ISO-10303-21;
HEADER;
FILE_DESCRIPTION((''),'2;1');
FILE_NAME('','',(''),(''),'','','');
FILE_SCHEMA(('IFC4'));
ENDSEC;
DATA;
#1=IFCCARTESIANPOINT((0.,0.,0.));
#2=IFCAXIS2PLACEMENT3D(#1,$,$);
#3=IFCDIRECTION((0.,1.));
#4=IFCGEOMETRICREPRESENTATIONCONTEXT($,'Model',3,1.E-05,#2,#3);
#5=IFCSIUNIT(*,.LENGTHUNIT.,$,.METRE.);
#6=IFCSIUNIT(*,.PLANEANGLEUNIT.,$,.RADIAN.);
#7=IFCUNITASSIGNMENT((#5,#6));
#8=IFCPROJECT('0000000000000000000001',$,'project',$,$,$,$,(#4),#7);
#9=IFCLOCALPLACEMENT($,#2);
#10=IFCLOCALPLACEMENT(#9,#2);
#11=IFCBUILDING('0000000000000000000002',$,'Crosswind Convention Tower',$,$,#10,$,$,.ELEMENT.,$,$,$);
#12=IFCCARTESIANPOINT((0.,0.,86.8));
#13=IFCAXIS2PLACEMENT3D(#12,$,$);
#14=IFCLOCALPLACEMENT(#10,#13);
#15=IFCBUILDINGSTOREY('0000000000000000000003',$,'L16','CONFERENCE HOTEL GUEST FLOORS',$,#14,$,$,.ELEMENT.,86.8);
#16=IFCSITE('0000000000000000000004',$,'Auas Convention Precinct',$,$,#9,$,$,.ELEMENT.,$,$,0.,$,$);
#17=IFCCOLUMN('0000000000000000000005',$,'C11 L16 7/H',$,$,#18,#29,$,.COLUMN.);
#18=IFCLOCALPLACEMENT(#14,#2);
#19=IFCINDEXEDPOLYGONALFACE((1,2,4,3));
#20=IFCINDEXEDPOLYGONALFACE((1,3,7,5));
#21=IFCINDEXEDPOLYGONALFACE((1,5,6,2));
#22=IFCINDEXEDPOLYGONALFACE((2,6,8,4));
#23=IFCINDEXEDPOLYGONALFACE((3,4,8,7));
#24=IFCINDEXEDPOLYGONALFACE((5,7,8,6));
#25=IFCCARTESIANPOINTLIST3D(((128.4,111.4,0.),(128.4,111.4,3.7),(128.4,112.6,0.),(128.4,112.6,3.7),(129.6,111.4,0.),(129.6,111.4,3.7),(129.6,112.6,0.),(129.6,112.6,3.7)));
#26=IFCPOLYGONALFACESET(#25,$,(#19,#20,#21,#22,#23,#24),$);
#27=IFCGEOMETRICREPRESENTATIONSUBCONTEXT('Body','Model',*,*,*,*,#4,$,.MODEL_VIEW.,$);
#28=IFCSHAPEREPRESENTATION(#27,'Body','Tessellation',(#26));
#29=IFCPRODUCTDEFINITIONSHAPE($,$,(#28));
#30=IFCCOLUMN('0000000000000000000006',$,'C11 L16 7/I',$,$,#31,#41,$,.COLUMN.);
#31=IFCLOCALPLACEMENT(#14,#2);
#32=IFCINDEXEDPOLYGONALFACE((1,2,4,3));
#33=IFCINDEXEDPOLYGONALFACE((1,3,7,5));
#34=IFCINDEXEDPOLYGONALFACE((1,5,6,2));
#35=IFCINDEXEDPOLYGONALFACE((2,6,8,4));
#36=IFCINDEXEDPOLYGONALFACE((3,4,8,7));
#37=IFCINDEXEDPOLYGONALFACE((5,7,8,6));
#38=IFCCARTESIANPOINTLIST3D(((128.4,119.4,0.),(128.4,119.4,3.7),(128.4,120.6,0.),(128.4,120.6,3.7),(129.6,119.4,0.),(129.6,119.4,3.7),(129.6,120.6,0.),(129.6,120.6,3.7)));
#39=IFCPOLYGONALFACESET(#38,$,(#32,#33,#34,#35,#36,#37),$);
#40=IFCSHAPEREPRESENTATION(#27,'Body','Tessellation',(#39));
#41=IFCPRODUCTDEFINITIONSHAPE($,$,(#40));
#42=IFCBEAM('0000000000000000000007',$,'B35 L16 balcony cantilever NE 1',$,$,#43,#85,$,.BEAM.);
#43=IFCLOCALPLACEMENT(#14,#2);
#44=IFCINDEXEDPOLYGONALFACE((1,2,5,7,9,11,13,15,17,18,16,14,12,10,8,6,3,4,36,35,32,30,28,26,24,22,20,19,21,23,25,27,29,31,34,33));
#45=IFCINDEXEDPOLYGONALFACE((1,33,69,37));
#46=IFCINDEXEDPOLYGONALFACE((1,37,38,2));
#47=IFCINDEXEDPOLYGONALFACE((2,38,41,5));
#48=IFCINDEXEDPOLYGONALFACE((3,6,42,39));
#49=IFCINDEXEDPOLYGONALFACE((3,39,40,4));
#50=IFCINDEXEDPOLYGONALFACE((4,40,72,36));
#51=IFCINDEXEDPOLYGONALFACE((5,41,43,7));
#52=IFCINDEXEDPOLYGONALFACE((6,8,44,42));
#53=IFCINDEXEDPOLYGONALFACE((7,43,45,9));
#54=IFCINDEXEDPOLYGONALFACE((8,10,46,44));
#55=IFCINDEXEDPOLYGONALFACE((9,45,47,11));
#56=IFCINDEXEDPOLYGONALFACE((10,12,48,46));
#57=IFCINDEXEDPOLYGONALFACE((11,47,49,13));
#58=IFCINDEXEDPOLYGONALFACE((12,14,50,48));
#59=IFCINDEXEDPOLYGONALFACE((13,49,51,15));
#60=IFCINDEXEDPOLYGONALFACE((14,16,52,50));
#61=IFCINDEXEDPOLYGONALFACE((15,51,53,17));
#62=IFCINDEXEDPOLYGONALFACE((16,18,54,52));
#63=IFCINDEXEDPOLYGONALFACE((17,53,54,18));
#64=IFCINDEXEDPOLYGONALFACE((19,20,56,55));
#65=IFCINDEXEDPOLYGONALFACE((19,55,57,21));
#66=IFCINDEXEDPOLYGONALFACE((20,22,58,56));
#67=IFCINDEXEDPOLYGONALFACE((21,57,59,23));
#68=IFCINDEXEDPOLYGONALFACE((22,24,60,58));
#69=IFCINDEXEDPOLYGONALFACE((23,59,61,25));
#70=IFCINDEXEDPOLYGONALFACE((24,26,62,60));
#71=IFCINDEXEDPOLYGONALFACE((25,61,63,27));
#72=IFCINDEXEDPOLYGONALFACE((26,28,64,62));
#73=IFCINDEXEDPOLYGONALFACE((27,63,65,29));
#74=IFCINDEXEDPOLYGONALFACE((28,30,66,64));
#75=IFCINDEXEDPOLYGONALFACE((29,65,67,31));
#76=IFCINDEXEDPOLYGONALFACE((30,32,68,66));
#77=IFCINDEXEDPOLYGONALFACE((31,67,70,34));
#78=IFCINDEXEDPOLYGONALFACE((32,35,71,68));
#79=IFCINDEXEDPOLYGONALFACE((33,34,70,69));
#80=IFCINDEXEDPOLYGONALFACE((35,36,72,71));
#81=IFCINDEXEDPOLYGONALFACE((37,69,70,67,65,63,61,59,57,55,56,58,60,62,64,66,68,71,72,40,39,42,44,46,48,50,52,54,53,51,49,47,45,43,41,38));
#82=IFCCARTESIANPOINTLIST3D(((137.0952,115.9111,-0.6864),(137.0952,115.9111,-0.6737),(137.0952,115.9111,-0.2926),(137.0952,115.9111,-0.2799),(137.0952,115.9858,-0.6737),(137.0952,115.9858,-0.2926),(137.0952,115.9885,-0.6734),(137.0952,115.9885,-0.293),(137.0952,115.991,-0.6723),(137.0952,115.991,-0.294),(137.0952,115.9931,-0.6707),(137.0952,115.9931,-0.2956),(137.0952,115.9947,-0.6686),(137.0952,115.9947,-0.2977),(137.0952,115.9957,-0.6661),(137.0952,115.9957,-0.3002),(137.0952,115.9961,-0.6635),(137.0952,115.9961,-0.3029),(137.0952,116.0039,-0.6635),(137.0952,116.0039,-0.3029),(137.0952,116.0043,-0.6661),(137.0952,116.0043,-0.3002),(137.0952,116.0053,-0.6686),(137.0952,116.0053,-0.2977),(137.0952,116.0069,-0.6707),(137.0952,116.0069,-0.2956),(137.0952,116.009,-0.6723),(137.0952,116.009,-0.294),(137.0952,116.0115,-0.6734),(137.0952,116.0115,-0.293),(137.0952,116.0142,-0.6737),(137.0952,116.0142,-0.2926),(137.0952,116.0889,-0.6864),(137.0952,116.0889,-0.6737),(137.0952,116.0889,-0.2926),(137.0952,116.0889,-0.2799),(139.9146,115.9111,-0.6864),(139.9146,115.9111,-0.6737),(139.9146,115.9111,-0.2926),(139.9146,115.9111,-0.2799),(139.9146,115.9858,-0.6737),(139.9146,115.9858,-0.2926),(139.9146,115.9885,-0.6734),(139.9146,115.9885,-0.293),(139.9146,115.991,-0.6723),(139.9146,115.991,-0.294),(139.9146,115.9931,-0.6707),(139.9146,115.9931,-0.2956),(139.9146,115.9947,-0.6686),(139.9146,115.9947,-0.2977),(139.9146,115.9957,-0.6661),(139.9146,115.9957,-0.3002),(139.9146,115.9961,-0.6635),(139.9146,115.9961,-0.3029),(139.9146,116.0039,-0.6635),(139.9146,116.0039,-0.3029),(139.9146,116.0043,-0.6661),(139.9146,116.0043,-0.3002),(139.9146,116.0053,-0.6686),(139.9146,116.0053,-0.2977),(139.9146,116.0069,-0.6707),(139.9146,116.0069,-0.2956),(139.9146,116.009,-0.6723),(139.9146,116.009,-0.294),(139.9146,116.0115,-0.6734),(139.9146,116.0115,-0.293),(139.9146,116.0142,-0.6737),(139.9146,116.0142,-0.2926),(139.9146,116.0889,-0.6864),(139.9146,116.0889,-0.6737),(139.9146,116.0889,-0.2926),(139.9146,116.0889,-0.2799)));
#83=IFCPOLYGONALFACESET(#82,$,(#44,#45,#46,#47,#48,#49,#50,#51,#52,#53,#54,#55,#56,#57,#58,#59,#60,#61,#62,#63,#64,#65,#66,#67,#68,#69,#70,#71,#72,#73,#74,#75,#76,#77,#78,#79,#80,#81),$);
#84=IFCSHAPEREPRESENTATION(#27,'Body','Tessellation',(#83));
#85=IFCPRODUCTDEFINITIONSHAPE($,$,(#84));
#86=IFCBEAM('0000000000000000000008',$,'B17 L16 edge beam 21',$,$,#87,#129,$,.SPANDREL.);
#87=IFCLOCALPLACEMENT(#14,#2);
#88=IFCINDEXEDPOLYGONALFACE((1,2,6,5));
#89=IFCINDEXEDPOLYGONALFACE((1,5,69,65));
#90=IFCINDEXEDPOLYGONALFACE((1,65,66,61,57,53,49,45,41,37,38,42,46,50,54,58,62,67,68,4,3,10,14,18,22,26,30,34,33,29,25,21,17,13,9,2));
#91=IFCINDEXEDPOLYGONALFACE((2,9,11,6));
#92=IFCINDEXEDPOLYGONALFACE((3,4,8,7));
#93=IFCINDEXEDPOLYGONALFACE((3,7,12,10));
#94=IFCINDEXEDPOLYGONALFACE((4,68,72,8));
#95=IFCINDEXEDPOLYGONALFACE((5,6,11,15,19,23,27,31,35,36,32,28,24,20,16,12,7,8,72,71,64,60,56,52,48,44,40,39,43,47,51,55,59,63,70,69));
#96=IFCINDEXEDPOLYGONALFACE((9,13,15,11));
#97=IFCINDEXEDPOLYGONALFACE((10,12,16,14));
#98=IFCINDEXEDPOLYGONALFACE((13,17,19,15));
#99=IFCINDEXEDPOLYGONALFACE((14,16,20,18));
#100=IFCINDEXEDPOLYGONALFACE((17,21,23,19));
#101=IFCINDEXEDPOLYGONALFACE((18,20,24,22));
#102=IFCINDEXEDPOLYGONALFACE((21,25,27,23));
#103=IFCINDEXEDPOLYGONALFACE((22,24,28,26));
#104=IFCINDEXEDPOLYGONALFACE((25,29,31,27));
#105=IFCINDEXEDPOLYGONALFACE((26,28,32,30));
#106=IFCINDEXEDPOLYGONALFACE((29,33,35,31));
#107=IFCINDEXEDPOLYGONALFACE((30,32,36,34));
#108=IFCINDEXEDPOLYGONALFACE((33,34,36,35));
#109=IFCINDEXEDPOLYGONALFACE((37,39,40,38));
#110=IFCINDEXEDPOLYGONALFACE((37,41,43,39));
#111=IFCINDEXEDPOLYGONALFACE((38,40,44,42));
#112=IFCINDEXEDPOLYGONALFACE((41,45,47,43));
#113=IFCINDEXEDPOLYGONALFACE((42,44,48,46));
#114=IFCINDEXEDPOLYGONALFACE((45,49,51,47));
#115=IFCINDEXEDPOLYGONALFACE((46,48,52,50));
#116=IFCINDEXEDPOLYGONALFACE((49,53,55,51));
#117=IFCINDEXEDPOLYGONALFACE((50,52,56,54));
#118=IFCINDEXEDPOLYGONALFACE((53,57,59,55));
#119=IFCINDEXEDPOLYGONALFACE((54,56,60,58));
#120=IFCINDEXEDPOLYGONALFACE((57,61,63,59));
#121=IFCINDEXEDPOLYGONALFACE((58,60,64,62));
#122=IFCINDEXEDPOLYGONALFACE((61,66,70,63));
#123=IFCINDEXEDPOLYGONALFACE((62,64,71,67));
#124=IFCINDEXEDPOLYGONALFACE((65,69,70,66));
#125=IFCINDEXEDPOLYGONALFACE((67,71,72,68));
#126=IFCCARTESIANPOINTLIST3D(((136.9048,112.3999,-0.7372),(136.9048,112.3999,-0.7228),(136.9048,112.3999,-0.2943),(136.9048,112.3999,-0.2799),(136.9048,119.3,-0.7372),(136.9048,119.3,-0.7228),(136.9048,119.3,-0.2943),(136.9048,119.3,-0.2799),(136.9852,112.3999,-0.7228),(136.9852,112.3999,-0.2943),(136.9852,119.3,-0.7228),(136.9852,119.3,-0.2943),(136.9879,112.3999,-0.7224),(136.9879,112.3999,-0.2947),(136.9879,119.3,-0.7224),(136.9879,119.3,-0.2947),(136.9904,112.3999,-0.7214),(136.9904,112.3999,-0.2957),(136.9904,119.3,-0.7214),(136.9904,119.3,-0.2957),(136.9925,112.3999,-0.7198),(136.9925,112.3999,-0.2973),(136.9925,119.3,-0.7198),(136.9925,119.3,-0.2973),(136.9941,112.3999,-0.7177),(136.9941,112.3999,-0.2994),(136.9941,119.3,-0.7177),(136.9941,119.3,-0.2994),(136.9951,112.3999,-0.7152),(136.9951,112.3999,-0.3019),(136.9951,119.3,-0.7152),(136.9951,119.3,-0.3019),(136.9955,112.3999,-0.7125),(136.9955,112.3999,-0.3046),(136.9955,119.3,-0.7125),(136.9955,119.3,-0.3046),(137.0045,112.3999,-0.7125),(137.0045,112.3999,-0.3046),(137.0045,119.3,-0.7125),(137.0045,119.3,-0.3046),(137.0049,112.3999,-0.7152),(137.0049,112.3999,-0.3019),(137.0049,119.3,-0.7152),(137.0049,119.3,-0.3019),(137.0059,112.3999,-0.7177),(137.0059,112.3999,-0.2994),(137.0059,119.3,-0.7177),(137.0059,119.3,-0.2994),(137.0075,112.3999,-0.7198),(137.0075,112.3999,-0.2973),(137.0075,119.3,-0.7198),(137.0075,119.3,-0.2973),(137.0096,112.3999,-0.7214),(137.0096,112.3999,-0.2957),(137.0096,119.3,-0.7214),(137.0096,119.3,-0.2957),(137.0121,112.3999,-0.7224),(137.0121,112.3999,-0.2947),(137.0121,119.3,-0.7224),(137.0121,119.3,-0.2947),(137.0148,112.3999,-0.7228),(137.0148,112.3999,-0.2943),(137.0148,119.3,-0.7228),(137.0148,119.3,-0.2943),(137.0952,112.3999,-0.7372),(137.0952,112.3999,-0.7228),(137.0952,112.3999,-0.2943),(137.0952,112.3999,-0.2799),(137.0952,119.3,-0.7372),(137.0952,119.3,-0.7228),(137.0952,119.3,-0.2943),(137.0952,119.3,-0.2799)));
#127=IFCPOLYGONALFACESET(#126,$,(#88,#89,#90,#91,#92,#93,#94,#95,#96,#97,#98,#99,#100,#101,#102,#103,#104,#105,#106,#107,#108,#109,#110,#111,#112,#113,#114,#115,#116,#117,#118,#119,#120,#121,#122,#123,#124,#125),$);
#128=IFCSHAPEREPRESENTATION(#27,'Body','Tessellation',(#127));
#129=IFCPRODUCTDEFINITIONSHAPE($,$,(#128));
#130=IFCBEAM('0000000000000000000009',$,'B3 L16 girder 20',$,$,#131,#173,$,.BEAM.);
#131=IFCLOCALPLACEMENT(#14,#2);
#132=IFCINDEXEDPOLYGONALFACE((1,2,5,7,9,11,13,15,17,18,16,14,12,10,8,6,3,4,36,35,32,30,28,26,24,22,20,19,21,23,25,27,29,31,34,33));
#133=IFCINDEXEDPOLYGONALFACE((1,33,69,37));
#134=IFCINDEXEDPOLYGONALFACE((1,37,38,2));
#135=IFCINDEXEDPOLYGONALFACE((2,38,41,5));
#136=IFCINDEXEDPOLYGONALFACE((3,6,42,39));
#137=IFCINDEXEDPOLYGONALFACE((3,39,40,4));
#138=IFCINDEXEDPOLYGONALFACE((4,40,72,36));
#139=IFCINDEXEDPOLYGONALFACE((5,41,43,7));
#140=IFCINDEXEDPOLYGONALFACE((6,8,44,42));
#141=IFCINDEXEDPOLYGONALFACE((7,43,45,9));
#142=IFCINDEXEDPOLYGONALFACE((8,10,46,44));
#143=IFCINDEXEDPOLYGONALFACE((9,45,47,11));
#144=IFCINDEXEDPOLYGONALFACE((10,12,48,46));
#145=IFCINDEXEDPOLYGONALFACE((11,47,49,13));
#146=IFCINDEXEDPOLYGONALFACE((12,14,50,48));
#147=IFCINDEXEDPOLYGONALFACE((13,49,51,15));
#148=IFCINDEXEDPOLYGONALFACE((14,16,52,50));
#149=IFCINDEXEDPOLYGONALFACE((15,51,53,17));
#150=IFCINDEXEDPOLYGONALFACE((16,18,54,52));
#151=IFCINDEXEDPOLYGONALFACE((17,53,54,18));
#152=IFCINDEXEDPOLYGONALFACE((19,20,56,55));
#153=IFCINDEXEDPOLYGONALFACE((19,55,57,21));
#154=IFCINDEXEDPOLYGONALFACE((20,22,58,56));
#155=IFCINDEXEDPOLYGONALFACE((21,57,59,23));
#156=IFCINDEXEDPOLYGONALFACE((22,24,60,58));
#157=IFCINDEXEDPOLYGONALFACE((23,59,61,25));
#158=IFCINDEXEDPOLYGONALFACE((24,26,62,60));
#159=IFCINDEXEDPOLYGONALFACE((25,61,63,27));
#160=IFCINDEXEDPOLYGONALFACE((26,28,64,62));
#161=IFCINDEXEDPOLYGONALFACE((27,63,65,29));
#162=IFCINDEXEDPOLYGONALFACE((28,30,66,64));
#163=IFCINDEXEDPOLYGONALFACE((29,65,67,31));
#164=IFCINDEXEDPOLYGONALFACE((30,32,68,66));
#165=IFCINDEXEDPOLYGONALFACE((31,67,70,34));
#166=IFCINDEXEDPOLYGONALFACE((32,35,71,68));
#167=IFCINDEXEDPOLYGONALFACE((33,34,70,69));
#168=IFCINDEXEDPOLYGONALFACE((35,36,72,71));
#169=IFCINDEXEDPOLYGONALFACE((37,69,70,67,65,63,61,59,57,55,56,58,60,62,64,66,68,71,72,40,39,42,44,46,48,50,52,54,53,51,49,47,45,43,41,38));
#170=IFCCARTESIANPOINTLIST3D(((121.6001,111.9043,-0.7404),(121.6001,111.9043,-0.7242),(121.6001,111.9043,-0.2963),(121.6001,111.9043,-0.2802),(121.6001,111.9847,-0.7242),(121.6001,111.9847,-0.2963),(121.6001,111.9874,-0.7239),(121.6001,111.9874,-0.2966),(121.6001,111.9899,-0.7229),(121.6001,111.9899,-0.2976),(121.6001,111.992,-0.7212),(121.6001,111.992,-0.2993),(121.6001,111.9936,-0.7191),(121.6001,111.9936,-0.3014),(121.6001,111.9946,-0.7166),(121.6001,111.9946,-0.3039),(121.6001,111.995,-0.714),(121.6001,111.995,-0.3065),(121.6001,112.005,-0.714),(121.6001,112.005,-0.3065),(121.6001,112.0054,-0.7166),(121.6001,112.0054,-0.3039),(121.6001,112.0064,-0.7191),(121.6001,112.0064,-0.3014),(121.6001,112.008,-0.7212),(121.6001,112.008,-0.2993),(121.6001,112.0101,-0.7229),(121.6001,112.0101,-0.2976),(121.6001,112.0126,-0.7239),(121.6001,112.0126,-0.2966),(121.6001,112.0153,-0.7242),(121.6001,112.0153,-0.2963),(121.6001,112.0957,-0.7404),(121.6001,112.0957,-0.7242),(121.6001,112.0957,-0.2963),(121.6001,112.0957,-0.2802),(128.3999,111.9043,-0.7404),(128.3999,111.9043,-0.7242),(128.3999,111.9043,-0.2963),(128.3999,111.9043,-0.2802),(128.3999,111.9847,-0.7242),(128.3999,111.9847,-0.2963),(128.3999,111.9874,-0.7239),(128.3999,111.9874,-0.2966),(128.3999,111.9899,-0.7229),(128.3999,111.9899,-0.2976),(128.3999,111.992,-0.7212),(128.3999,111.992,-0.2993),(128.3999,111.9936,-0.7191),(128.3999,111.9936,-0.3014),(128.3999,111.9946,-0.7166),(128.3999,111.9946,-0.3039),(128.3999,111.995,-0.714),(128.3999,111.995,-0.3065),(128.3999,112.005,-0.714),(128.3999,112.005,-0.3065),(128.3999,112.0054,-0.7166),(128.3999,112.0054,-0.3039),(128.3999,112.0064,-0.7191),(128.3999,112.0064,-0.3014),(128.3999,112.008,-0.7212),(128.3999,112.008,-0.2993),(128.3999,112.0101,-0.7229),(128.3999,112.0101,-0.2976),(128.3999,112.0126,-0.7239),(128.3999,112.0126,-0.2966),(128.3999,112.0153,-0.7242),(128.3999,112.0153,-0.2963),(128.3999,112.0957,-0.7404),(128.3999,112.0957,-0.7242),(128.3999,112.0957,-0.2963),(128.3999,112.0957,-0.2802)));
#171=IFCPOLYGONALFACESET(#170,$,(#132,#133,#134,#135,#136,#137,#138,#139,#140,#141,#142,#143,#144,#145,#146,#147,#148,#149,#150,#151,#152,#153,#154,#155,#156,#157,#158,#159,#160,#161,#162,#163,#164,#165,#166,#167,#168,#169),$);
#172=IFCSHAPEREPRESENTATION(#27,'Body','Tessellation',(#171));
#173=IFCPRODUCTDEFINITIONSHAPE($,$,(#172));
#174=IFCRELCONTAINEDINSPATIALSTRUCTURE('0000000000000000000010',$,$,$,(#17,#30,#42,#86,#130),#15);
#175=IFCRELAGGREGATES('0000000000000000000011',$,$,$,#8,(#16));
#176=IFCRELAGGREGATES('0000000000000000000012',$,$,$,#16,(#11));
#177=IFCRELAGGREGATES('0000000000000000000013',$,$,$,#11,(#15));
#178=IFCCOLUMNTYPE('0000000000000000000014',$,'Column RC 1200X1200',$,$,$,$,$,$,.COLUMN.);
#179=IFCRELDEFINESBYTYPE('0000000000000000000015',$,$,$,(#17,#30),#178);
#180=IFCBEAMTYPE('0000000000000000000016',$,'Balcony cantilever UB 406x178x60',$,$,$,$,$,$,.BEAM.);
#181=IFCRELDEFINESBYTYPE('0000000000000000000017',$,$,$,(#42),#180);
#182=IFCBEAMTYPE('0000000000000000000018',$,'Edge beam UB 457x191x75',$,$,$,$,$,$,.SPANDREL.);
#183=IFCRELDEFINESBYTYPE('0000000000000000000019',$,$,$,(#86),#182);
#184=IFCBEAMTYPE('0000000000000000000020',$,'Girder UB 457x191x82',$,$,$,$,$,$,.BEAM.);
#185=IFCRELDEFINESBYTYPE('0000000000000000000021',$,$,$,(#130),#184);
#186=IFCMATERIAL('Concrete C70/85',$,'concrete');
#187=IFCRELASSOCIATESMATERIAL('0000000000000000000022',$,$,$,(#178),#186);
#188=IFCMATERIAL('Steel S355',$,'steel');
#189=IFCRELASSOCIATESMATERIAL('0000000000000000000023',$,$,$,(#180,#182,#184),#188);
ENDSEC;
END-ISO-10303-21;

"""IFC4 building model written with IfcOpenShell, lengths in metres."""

from ifc_helpers import new_model, si_unit, direction, frame, origin, origin_2d, place, context, subcontext, project, spatial, rectangle, i_section, extrude, material, material_profile, profile_set, type_object, element, save


model = new_model("IFC4")

# Units and contexts
model_context = context("Model", 3, precision=1e-05, world=origin(), true_north=direction((0.0, 1.0)))
body_context = subcontext(model_context, "Body", "Model", "MODEL_VIEW")
ifc_project = project(units=[si_unit("LENGTHUNIT", "METRE"), si_unit("PLANEANGLEUNIT", "RADIAN")], contexts=[model_context])

# Site, building, storey
site_placement = place(None, origin())
site = spatial("IfcSite", under=ifc_project, at=site_placement, Name="Auas Convention Precinct", CompositionType="ELEMENT", RefElevation=0.0)
building_placement = place(site_placement, origin())
building = spatial("IfcBuilding", under=site, at=building_placement, Name="Crosswind Convention Tower", CompositionType="ELEMENT")
storey_placement = place(building_placement, frame((0.0, 0.0, 86.8)))
storey = spatial("IfcBuildingStorey", under=building, at=storey_placement, Name="L16", Description="CONFERENCE HOTEL GUEST FLOORS", CompositionType="ELEMENT", Elevation=86.8)

# Columns
ifc_material_1 = material(Name="Concrete C70/85", Category="concrete")
ifc_material_profile_1 = material_profile(ifc_material_1, rectangle(XDim=1.2, YDim=1.2, at=origin_2d()), Name="RC 1200X1200")
ifc_profile_set_1 = profile_set([ifc_material_profile_1], Name="Concrete C70/85")
column_type = type_object("IfcColumnType", Name="Column RC 1200X1200", PredefinedType="COLUMN", material=ifc_profile_set_1)
for number, where, z_axis, x_axis, name in (
    (1, (129.0, 112.0, 0.0), (0.0, 0.0, 1.0), (1.0, 0.0, 0.0), "C11 L16 7/H"),
    (2, (129.0, 120.0, 0.0), (0.0, 0.0, 1.0), (1.0, 0.0, 0.0), "C11 L16 7/I"),
):
    element("IfcColumn", number, at=place(storey_placement, frame(where, z_axis=z_axis, x_axis=x_axis)), inside=storey, type_object=column_type, Name=name, PredefinedType="COLUMN", context=body_context, shape_type="SweptSolid", body=[
        extrude(rectangle(XDim=1.2, YDim=1.2, at=origin_2d()), origin(), (0.0, 0.0, 1.0), 3.7),
    ])

# Beams
ifc_material_2 = material(Name="Steel S355", Category="steel")
ifc_material_profile_2 = material_profile(ifc_material_2, i_section(OverallWidth=0.1777, OverallDepth=0.4065, WebThickness=0.0078, FlangeThickness=0.0127, FilletRadius=0.0103, at=origin_2d()), Name="UB 406x178x60")
ifc_profile_set_2 = profile_set([ifc_material_profile_2], Name="Steel S355")
beam_type_1 = type_object("IfcBeamType", Name="Balcony cantilever UB 406x178x60", PredefinedType="BEAM", material=ifc_profile_set_2)
beam_1_placement = place(storey_placement, frame((137.0952, 116.0, -0.4832), z_axis=(1.0, 0.0, 0.0), x_axis=(0.0, 1.0, 0.0)))
element("IfcBeam", 3, at=beam_1_placement, inside=storey, type_object=beam_type_1, Name="B35 L16 balcony cantilever NE 1", PredefinedType="BEAM", context=body_context, shape_type="SweptSolid", body=[
    extrude(i_section(OverallWidth=0.1777, OverallDepth=0.4065, WebThickness=0.0078, FlangeThickness=0.0127, FilletRadius=0.0103, at=origin_2d()), origin(), (0.0, 0.0, 1.0), 2.8193),
])
ifc_material_profile_3 = material_profile(ifc_material_2, i_section(OverallWidth=0.1904, OverallDepth=0.4573, WebThickness=0.009, FlangeThickness=0.0144, FilletRadius=0.0103, at=origin_2d()), Name="UB 457x191x75")
ifc_profile_set_3 = profile_set([ifc_material_profile_3], Name="Steel S355")
beam_type_2 = type_object("IfcBeamType", Name="Edge beam UB 457x191x75", PredefinedType="SPANDREL", material=ifc_profile_set_3)
beam_2_placement = place(storey_placement, frame((137.0, 112.3999, -0.5085), z_axis=(0.0, 1.0, 0.0), x_axis=(-1.0, 0.0, 0.0)))
element("IfcBeam", 4, at=beam_2_placement, inside=storey, type_object=beam_type_2, Name="B17 L16 edge beam 21", PredefinedType="SPANDREL", context=body_context, shape_type="SweptSolid", body=[
    extrude(i_section(OverallWidth=0.1904, OverallDepth=0.4573, WebThickness=0.009, FlangeThickness=0.0144, FilletRadius=0.0103, at=origin_2d()), origin(), (0.0, 0.0, 1.0), 6.9001),
])
ifc_material_profile_4 = material_profile(ifc_material_2, i_section(OverallWidth=0.1914, OverallDepth=0.4602, WebThickness=0.01, FlangeThickness=0.0161, FilletRadius=0.0103, at=origin_2d()), Name="UB 457x191x82")
ifc_profile_set_4 = profile_set([ifc_material_profile_4], Name="Steel S355")
beam_type_3 = type_object("IfcBeamType", Name="Girder UB 457x191x82", PredefinedType="BEAM", material=ifc_profile_set_4)
for number, where, z_axis, x_axis, name in (
    (5, (121.6001, 112.0, -0.5103), (1.0, 0.0, 0.0), (0.0, 1.0, 0.0), "B3 L16 girder 20"),
):
    element("IfcBeam", number, at=place(storey_placement, frame(where, z_axis=z_axis, x_axis=x_axis)), inside=storey, type_object=beam_type_3, Name=name, PredefinedType="BEAM", context=body_context, shape_type="SweptSolid", body=[
        extrude(i_section(OverallWidth=0.1914, OverallDepth=0.4602, WebThickness=0.01, FlangeThickness=0.0161, FilletRadius=0.0103, at=origin_2d()), origin(), (0.0, 0.0, 1.0), 6.7998),
    ])

save(model, "model.ifc")
